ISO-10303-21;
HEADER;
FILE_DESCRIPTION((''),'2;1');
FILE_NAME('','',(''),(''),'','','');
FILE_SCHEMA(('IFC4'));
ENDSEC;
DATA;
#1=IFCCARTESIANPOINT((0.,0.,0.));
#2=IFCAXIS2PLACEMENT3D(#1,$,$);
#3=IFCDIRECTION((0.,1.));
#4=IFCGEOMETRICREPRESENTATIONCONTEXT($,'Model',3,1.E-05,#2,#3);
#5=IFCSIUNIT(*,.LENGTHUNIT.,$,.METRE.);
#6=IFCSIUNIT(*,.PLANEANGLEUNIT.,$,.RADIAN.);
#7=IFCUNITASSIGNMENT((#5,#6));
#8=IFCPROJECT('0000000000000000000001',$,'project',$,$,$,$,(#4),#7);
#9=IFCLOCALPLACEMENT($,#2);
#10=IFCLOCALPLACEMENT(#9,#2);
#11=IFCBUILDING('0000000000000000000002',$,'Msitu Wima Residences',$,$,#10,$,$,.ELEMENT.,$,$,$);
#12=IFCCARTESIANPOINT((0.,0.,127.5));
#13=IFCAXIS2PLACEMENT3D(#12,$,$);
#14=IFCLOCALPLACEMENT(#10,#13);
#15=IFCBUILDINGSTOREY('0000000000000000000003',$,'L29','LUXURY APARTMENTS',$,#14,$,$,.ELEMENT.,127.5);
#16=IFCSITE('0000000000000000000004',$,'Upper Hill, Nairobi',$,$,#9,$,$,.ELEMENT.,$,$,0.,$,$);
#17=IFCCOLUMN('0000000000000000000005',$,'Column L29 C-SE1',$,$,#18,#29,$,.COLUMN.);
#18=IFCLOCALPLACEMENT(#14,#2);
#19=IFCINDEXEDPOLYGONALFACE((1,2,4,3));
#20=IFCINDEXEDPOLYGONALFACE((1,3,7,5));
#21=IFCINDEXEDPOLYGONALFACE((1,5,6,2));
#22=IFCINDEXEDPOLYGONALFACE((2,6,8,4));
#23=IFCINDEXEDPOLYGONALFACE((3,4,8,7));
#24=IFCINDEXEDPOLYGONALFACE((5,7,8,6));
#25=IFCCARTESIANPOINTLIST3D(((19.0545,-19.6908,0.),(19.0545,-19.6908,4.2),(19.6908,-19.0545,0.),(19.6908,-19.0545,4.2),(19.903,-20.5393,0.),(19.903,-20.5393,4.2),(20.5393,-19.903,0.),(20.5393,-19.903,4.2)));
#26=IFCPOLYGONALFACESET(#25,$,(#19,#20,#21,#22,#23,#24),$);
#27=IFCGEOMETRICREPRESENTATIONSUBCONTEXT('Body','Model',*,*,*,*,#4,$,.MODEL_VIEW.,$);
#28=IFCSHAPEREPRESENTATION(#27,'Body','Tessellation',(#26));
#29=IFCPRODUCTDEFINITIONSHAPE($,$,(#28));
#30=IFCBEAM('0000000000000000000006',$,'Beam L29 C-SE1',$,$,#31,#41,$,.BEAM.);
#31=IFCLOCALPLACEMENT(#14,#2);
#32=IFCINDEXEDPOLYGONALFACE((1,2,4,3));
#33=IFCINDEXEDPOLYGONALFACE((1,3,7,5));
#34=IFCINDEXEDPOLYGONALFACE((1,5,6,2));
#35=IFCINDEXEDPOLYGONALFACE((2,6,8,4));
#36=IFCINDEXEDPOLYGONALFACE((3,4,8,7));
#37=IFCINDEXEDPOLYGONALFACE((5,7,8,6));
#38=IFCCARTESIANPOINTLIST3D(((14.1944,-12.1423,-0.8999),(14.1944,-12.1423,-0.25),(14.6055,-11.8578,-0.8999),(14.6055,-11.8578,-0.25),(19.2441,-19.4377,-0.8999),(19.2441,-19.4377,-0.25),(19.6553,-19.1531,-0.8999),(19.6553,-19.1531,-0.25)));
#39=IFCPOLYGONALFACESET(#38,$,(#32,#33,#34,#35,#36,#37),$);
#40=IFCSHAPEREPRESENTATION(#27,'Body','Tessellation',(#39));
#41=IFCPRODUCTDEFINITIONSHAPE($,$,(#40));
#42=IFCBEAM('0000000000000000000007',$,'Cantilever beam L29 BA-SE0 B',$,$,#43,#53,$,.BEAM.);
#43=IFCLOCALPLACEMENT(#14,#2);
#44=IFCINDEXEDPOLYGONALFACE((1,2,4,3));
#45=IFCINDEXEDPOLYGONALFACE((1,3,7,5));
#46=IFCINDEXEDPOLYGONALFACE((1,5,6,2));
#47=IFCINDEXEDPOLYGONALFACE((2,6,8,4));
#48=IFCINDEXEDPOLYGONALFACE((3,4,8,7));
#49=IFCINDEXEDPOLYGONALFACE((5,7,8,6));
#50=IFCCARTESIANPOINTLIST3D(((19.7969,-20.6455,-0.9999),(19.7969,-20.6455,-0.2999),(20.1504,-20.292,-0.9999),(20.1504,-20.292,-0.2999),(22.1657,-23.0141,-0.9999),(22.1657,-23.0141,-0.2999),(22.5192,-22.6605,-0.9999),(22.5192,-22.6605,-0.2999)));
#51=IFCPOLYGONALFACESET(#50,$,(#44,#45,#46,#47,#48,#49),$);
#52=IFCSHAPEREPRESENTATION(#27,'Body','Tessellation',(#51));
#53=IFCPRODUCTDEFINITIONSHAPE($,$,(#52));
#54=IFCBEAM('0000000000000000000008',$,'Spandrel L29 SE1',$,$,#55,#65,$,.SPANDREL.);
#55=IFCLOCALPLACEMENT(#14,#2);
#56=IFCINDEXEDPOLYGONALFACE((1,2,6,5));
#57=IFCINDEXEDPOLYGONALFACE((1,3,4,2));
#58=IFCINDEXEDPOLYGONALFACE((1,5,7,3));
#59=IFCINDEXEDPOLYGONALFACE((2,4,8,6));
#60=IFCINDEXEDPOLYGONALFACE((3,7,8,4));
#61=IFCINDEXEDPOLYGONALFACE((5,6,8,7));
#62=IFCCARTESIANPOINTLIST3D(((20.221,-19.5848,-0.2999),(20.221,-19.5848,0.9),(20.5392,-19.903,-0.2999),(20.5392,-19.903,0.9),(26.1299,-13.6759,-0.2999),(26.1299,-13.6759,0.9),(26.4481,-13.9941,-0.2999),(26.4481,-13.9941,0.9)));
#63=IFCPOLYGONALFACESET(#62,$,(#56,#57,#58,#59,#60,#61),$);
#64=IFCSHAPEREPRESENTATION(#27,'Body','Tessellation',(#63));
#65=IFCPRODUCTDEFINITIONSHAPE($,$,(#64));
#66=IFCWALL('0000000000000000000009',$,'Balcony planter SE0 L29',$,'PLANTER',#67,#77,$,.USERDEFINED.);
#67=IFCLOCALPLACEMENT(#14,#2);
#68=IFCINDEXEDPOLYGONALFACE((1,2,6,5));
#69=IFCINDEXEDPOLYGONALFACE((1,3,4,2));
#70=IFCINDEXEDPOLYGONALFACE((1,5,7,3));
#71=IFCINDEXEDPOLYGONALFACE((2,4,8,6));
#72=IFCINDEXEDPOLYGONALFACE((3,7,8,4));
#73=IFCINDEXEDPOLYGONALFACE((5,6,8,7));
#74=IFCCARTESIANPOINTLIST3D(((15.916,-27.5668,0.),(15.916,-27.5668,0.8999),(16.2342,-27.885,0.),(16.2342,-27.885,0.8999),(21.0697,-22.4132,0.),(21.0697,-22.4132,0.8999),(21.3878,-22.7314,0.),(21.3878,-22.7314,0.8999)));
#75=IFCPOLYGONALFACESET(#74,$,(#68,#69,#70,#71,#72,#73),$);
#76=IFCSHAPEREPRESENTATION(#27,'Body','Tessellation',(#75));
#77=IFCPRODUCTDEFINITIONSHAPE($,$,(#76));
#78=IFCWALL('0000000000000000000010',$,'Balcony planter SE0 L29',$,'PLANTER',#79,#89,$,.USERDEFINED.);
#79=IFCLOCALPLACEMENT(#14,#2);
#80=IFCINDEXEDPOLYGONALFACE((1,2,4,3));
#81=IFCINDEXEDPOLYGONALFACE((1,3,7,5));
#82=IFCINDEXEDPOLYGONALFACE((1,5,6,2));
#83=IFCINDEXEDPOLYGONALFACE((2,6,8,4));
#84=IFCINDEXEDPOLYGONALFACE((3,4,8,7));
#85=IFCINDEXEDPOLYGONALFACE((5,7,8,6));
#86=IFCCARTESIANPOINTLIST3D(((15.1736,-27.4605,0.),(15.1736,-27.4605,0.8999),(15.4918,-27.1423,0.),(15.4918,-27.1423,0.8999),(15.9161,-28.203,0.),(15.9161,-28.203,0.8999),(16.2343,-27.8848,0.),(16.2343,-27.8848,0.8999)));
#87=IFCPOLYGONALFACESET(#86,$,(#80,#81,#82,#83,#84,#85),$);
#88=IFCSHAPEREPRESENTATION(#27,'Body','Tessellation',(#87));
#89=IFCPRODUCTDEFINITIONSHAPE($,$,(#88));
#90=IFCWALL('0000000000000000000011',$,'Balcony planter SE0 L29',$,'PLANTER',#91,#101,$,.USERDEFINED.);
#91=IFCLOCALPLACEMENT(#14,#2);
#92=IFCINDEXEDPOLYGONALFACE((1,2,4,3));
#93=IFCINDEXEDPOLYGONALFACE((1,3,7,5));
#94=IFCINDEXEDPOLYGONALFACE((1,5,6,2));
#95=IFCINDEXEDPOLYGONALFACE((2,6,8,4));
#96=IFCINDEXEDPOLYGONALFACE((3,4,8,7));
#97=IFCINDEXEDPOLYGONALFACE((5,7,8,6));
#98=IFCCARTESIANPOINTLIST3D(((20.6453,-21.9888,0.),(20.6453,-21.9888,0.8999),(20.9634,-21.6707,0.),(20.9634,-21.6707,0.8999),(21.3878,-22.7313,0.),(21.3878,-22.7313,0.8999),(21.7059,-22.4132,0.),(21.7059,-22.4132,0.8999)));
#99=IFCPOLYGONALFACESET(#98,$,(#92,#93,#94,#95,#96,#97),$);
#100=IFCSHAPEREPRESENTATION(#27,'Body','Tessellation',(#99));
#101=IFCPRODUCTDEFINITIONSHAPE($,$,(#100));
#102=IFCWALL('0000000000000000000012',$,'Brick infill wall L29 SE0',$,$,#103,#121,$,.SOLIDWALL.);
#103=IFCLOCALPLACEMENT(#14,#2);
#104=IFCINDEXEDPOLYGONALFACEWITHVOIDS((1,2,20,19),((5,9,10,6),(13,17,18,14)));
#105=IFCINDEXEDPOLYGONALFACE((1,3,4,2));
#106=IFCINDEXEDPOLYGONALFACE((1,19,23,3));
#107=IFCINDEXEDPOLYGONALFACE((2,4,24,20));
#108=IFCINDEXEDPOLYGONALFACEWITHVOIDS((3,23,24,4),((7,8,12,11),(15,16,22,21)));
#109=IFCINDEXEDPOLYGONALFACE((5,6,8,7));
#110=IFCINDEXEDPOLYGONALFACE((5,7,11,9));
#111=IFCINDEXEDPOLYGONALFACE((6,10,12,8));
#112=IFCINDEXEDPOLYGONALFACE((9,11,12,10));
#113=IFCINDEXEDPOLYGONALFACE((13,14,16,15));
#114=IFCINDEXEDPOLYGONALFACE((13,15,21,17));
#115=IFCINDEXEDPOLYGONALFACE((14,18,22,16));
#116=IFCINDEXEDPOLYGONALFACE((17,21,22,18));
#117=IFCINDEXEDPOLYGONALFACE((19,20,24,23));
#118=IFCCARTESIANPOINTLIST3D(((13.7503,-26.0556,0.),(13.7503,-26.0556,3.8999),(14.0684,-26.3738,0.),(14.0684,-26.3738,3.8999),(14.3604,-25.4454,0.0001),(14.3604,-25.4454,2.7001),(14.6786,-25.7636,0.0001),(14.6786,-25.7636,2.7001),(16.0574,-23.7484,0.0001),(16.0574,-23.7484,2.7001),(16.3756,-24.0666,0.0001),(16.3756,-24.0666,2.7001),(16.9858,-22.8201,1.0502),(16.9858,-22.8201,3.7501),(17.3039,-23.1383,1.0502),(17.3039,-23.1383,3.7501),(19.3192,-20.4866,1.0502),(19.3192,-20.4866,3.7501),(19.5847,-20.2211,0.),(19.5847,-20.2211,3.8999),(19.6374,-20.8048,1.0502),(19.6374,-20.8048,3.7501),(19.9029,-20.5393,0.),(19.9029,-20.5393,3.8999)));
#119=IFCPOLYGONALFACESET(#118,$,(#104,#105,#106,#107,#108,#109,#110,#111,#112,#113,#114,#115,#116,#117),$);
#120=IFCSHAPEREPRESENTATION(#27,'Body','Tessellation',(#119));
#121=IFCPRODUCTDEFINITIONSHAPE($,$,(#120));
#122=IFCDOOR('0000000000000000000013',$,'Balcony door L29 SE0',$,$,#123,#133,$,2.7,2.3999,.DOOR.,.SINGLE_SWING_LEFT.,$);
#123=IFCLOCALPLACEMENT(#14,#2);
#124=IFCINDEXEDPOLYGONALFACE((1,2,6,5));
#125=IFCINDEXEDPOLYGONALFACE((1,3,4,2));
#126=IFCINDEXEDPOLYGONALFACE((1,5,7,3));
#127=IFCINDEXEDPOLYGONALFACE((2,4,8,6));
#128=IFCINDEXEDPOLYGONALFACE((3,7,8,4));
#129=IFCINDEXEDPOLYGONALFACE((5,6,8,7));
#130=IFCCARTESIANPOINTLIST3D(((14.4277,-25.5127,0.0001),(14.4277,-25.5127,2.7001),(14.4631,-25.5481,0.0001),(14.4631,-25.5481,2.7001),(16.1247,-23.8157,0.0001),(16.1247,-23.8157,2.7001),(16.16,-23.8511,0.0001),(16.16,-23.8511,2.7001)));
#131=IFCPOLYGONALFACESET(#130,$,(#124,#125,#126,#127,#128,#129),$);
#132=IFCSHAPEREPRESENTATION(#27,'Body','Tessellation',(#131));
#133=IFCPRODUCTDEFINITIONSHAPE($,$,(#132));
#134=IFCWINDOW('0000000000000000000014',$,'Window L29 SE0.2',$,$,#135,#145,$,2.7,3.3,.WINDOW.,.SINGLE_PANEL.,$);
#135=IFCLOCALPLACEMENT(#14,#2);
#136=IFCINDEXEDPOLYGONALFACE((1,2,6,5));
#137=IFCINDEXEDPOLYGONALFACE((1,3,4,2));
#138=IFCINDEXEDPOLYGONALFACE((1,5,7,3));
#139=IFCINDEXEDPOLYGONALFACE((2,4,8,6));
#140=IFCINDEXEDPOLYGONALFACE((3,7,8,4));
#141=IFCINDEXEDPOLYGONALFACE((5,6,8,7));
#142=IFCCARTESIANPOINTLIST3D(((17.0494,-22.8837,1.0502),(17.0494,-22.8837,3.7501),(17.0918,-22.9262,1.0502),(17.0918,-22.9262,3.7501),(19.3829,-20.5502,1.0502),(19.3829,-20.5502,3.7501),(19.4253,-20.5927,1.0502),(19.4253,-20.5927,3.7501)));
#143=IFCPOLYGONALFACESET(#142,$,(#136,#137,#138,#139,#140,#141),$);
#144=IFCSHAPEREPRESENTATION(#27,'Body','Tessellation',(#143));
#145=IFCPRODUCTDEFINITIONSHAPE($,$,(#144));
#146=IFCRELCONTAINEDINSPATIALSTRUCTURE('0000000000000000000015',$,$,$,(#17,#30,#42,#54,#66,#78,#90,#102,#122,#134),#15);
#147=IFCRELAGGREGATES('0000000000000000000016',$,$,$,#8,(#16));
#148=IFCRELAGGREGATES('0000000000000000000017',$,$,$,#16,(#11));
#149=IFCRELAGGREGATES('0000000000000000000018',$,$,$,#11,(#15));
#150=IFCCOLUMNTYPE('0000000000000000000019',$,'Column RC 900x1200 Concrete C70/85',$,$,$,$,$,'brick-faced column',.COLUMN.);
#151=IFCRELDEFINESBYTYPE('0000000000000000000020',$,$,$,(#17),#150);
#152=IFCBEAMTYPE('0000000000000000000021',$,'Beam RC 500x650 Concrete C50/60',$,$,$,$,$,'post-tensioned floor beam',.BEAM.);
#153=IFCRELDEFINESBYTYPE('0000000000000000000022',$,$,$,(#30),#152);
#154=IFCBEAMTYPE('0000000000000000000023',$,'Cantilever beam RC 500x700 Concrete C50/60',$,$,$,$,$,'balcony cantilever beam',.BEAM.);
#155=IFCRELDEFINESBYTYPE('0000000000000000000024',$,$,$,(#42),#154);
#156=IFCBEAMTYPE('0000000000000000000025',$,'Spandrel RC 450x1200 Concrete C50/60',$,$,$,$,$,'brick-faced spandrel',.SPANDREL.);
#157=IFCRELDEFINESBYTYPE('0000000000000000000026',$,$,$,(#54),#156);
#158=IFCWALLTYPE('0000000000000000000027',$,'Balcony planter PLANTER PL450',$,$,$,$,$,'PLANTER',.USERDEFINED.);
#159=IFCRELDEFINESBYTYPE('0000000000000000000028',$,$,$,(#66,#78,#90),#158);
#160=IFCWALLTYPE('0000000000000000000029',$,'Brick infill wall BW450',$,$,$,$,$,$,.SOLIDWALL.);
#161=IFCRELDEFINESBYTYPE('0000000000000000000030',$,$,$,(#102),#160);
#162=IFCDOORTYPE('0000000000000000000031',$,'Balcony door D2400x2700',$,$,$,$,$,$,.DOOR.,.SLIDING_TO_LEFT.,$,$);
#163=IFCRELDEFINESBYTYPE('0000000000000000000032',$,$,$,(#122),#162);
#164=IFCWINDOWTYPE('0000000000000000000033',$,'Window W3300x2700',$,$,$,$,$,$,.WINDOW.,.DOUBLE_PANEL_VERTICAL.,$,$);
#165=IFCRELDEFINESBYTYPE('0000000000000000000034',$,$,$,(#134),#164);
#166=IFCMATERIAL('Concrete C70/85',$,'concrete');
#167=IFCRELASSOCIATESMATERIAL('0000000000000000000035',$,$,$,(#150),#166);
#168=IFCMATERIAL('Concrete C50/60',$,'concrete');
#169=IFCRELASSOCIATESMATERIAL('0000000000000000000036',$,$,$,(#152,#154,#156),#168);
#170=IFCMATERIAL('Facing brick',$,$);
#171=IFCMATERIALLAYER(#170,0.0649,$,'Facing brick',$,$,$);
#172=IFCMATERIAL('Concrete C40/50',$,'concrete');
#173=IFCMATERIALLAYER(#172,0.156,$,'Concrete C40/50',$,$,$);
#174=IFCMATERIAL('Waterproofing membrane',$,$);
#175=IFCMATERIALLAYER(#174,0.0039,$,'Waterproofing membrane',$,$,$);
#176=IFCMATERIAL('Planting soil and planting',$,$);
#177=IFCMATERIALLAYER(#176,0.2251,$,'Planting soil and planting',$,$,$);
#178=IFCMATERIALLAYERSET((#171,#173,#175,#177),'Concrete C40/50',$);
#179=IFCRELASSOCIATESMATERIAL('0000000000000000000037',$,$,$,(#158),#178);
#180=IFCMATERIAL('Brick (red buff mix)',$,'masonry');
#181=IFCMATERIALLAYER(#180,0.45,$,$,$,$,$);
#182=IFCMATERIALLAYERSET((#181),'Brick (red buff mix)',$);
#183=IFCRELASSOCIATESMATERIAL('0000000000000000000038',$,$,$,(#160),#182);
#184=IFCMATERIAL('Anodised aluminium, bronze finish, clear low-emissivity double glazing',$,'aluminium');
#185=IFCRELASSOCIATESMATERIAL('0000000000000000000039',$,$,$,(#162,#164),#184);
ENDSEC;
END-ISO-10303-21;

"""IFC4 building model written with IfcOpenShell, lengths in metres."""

from ifc_helpers import new_model, si_unit, direction, frame, frame_2d, origin, origin_2d, place, context, subcontext, project, spatial, rectangle, extrude, material, layer, layer_set, material_profile, profile_set, type_object, element, fill, save


model = new_model("IFC4")

# Units and contexts
model_context = context("Model", 3, precision=1e-05, world=origin(), true_north=direction((0.0, 1.0)))
body_context = subcontext(model_context, "Body", "Model", "MODEL_VIEW")
ifc_project = project(units=[si_unit("LENGTHUNIT", "METRE"), si_unit("PLANEANGLEUNIT", "RADIAN")], contexts=[model_context])

# Site, building, storey
site_placement = place(None, origin())
site = spatial("IfcSite", under=ifc_project, at=site_placement, Name="Upper Hill, Nairobi", CompositionType="ELEMENT", RefElevation=0.0)
building_placement = place(site_placement, origin())
building = spatial("IfcBuilding", under=site, at=building_placement, Name="Msitu Wima Residences", CompositionType="ELEMENT")
storey_placement = place(building_placement, frame((0.0, 0.0, 127.5)))
storey = spatial("IfcBuildingStorey", under=building, at=storey_placement, Name="L29", Description="LUXURY APARTMENTS", CompositionType="ELEMENT", Elevation=127.5)

# Column
ifc_material_1 = material(Name="Concrete C70/85", Category="concrete")
ifc_material_profile_1 = material_profile(ifc_material_1, rectangle(XDim=0.8999, YDim=1.2, at=origin_2d()), Name="RC 900x1200")
ifc_profile_set_1 = profile_set([ifc_material_profile_1], Name="Concrete C70/85")
column_type = type_object("IfcColumnType", Name="Column RC 900x1200 Concrete C70/85", ElementType="brick-faced column", PredefinedType="COLUMN", material=ifc_profile_set_1)
column_placement = place(storey_placement, frame((19.7969, -19.7969, 0.0), z_axis=(0.0, 0.0, 1.0), x_axis=(0.707107, 0.707107, 0.0)))
element("IfcColumn", 1, at=column_placement, inside=storey, type_object=column_type, Name="Column L29 C-SE1", PredefinedType="COLUMN", context=body_context, shape_type="SweptSolid", body=[
    extrude(rectangle(XDim=0.8999, YDim=1.2, at=origin_2d()), origin(), (0.0, 0.0, 1.0), 4.2),
])

# Beams
ifc_material_2 = material(Name="Concrete C50/60", Category="concrete")
ifc_material_profile_2 = material_profile(ifc_material_2, rectangle(XDim=0.5, YDim=0.6499, at=origin_2d()), Name="RC 500x650")
ifc_profile_set_2 = profile_set([ifc_material_profile_2], Name="Concrete C50/60")
beam_type_1 = type_object("IfcBeamType", Name="Beam RC 500x650 Concrete C50/60", ElementType="post-tensioned floor beam", PredefinedType="BEAM", material=ifc_profile_set_2)
beam_1_placement = place(storey_placement, frame((19.4497, -19.2954, -0.575), z_axis=(-0.569144, 0.822238, 0.0), x_axis=(-0.822238, -0.569144, 0.0)))
element("IfcBeam", 2, at=beam_1_placement, inside=storey, type_object=beam_type_1, Name="Beam L29 C-SE1", PredefinedType="BEAM", context=body_context, shape_type="SweptSolid", body=[
    extrude(rectangle(XDim=0.5, YDim=0.6499, at=origin_2d()), origin(), (0.0, 0.0, 1.0), 8.8726),
])
ifc_material_profile_3 = material_profile(ifc_material_2, rectangle(XDim=0.5, YDim=0.7, at=origin_2d()), Name="RC 500x700")
ifc_profile_set_3 = profile_set([ifc_material_profile_3], Name="Concrete C50/60")
beam_type_2 = type_object("IfcBeamType", Name="Cantilever beam RC 500x700 Concrete C50/60", ElementType="balcony cantilever beam", PredefinedType="BEAM", material=ifc_profile_set_3)
beam_2_placement = place(storey_placement, frame((19.9736, -20.4688, -0.6499), z_axis=(0.707143, -0.70707, 0.0), x_axis=(0.70707, 0.707143, 0.0)))
element("IfcBeam", 3, at=beam_2_placement, inside=storey, type_object=beam_type_2, Name="Cantilever beam L29 BA-SE0 B", PredefinedType="BEAM", context=body_context, shape_type="SweptSolid", body=[
    extrude(rectangle(XDim=0.5, YDim=0.7, at=origin_2d()), origin(), (0.0, 0.0, 1.0), 3.3499),
])
ifc_material_profile_4 = material_profile(ifc_material_2, rectangle(XDim=0.45, YDim=1.2, at=origin_2d()), Name="RC 450x1200")
ifc_profile_set_4 = profile_set([ifc_material_profile_4], Name="Concrete C50/60")
beam_type_3 = type_object("IfcBeamType", Name="Spandrel RC 450x1200 Concrete C50/60", ElementType="brick-faced spandrel", PredefinedType="SPANDREL", material=ifc_profile_set_4)
beam_3_placement = place(storey_placement, frame((20.3801, -19.7439, 0.3), z_axis=(0.707107, 0.707107, 0.0), x_axis=(-0.707107, 0.707107, 0.0)))
element("IfcBeam", 4, at=beam_3_placement, inside=storey, type_object=beam_type_3, Name="Spandrel L29 SE1", PredefinedType="SPANDREL", context=body_context, shape_type="SweptSolid", body=[
    extrude(rectangle(XDim=0.45, YDim=1.2, at=origin_2d()), origin(), (0.0, 0.0, 1.0), 8.3564),
])

# Walls
ifc_material_3 = material(Name="Facing brick")
ifc_layer_1 = layer(ifc_material_3, 0.0649, Name="Facing brick")
ifc_material_4 = material(Name="Concrete C40/50", Category="concrete")
ifc_layer_2 = layer(ifc_material_4, 0.156, Name="Concrete C40/50")
ifc_material_5 = material(Name="Waterproofing membrane")
ifc_layer_3 = layer(ifc_material_5, 0.0039, Name="Waterproofing membrane")
ifc_material_6 = material(Name="Planting soil and planting")
ifc_layer_4 = layer(ifc_material_6, 0.2251, Name="Planting soil and planting")
ifc_layer_set_1 = layer_set([ifc_layer_1, ifc_layer_2, ifc_layer_3, ifc_layer_4], Name="Concrete C40/50")
wall_type_1 = type_object("IfcWallType", Name="Balcony planter PLANTER PL450", ElementType="PLANTER", PredefinedType="USERDEFINED", material=ifc_layer_set_1)
wall_1_placement = place(storey_placement, frame((16.0752, -27.7258, 0.0), z_axis=(0.0, 0.0, 1.0), x_axis=(0.707107, 0.707107, 0.0)))
element("IfcWall", 5, at=wall_1_placement, inside=storey, type_object=wall_type_1, Name="Balcony planter SE0 L29", ObjectType="PLANTER", PredefinedType="USERDEFINED", context=body_context, shape_type="SweptSolid", body=[
    extrude(rectangle(XDim=7.2883, YDim=0.45, at=frame_2d((3.644, 0.0))), origin(), (0.0, 0.0, 1.0), 0.8999),
])
for number, where, z_axis, x_axis, name in (
    (6, (15.3328, -27.3015, 0.0), (0.0, 0.0, 1.0), (0.707107, -0.707107, 0.0), "Balcony planter SE0 L29"),
    (7, (20.8044, -21.8298, 0.0), (0.0, 0.0, 1.0), (0.707107, -0.707107, 0.0), "Balcony planter SE0 L29"),
):
    element("IfcWall", number, at=place(storey_placement, frame(where, z_axis=z_axis, x_axis=x_axis)), inside=storey, type_object=wall_type_1, Name=name, ObjectType="PLANTER", PredefinedType="USERDEFINED", context=body_context, shape_type="SweptSolid", body=[
        extrude(rectangle(XDim=1.05, YDim=0.45, at=frame_2d((0.5249, 0.0))), origin(), (0.0, 0.0, 1.0), 0.8999),
    ])

# Wall, openings, door, window
ifc_material_7 = material(Name="Brick (red buff mix)", Category="masonry")
ifc_layer_5 = layer(ifc_material_7, 0.45)
ifc_layer_set_2 = layer_set([ifc_layer_5], Name="Brick (red buff mix)")
wall_type_2 = type_object("IfcWallType", Name="Brick infill wall BW450", PredefinedType="SOLIDWALL", material=ifc_layer_set_2)
wall_2_placement = place(storey_placement, frame((13.9094, -26.2146, 0.0), z_axis=(0.0, 0.0, 1.0), x_axis=(0.707107, 0.707107, 0.0)))
wall_2 = element("IfcWall", 8, at=wall_2_placement, inside=storey, type_object=wall_type_2, Name="Brick infill wall L29 SE0", PredefinedType="SOLIDWALL", context=body_context, shape_type="SweptSolid", body=[
    extrude(rectangle(XDim=8.2512, YDim=0.45, at=frame_2d((4.1255, 0.0))), origin(), (0.0, 0.0, 1.0), 3.8999),
])
opening_1_placement = place(wall_2_placement, frame((0.8628, 0.0, 0.0)))
opening_1 = element("IfcOpeningElement", 9, at=opening_1_placement, cuts=wall_2, PredefinedType="OPENING", context=body_context, shape_type="SweptSolid", body=[
    extrude(rectangle(XDim=2.3999, YDim=2.7, at=frame_2d((1.2, 1.3501))), frame((0.0, 0.2349, 0.0), z_axis=(0.0, -1.0, 0.0), x_axis=(1.0, 0.0, 0.0)), (0.0, 0.0, 1.0), 0.47),
])
opening_2_placement = place(wall_2_placement, frame((4.5757, 0.0, 1.05)))
opening_2 = element("IfcOpeningElement", 10, at=opening_2_placement, cuts=wall_2, PredefinedType="OPENING", context=body_context, shape_type="SweptSolid", body=[
    extrude(rectangle(XDim=3.3, YDim=2.7, at=frame_2d((1.6499, 1.3501))), frame((0.0, 0.2349, 0.0), z_axis=(0.0, -1.0, 0.0), x_axis=(1.0, 0.0, 0.0)), (0.0, 0.0, 1.0), 0.47),
])
ifc_material_8 = material(Name="Anodised aluminium, bronze finish, clear low-emissivity double glazing", Category="aluminium")
door_type = type_object("IfcDoorType", Name="Balcony door D2400x2700", OperationType="SLIDING_TO_LEFT", PredefinedType="DOOR", material=ifc_material_8)
door_placement = place(opening_1_placement, origin())
door = element("IfcDoor", 11, at=door_placement, inside=storey, type_object=door_type, Name="Balcony door L29 SE0", OperationType="SINGLE_SWING_LEFT", OverallHeight=2.7, OverallWidth=2.3999, PredefinedType="DOOR", context=body_context, shape_type="SweptSolid", body=[
    extrude(rectangle(XDim=2.3999, YDim=2.7, at=frame_2d((1.2, 1.3501))), frame((0.0, 0.1299, 0.0), z_axis=(0.0, -1.0, 0.0), x_axis=(1.0, 0.0, 0.0)), (0.0, 0.0, 1.0), 0.05),
])
fill(opening_1, door)
window_type = type_object("IfcWindowType", Name="Window W3300x2700", PartitioningType="DOUBLE_PANEL_VERTICAL", PredefinedType="WINDOW", material=ifc_material_8)
window_1_placement = place(opening_2_placement, origin())
window_1 = element("IfcWindow", 12, at=window_1_placement, inside=storey, type_object=window_type, Name="Window L29 SE0.2", OverallHeight=2.7, OverallWidth=3.3, PartitioningType="SINGLE_PANEL", PredefinedType="WINDOW", context=body_context, shape_type="SweptSolid", body=[
    extrude(rectangle(XDim=3.3, YDim=2.7, at=frame_2d((1.6499, 1.3501))), frame((0.0, 0.135, 0.0), z_axis=(0.0, -1.0, 0.0), x_axis=(1.0, 0.0, 0.0)), (0.0, 0.0, 1.0), 0.0601),
])
fill(opening_2, window_1)

save(model, "model.ifc")
